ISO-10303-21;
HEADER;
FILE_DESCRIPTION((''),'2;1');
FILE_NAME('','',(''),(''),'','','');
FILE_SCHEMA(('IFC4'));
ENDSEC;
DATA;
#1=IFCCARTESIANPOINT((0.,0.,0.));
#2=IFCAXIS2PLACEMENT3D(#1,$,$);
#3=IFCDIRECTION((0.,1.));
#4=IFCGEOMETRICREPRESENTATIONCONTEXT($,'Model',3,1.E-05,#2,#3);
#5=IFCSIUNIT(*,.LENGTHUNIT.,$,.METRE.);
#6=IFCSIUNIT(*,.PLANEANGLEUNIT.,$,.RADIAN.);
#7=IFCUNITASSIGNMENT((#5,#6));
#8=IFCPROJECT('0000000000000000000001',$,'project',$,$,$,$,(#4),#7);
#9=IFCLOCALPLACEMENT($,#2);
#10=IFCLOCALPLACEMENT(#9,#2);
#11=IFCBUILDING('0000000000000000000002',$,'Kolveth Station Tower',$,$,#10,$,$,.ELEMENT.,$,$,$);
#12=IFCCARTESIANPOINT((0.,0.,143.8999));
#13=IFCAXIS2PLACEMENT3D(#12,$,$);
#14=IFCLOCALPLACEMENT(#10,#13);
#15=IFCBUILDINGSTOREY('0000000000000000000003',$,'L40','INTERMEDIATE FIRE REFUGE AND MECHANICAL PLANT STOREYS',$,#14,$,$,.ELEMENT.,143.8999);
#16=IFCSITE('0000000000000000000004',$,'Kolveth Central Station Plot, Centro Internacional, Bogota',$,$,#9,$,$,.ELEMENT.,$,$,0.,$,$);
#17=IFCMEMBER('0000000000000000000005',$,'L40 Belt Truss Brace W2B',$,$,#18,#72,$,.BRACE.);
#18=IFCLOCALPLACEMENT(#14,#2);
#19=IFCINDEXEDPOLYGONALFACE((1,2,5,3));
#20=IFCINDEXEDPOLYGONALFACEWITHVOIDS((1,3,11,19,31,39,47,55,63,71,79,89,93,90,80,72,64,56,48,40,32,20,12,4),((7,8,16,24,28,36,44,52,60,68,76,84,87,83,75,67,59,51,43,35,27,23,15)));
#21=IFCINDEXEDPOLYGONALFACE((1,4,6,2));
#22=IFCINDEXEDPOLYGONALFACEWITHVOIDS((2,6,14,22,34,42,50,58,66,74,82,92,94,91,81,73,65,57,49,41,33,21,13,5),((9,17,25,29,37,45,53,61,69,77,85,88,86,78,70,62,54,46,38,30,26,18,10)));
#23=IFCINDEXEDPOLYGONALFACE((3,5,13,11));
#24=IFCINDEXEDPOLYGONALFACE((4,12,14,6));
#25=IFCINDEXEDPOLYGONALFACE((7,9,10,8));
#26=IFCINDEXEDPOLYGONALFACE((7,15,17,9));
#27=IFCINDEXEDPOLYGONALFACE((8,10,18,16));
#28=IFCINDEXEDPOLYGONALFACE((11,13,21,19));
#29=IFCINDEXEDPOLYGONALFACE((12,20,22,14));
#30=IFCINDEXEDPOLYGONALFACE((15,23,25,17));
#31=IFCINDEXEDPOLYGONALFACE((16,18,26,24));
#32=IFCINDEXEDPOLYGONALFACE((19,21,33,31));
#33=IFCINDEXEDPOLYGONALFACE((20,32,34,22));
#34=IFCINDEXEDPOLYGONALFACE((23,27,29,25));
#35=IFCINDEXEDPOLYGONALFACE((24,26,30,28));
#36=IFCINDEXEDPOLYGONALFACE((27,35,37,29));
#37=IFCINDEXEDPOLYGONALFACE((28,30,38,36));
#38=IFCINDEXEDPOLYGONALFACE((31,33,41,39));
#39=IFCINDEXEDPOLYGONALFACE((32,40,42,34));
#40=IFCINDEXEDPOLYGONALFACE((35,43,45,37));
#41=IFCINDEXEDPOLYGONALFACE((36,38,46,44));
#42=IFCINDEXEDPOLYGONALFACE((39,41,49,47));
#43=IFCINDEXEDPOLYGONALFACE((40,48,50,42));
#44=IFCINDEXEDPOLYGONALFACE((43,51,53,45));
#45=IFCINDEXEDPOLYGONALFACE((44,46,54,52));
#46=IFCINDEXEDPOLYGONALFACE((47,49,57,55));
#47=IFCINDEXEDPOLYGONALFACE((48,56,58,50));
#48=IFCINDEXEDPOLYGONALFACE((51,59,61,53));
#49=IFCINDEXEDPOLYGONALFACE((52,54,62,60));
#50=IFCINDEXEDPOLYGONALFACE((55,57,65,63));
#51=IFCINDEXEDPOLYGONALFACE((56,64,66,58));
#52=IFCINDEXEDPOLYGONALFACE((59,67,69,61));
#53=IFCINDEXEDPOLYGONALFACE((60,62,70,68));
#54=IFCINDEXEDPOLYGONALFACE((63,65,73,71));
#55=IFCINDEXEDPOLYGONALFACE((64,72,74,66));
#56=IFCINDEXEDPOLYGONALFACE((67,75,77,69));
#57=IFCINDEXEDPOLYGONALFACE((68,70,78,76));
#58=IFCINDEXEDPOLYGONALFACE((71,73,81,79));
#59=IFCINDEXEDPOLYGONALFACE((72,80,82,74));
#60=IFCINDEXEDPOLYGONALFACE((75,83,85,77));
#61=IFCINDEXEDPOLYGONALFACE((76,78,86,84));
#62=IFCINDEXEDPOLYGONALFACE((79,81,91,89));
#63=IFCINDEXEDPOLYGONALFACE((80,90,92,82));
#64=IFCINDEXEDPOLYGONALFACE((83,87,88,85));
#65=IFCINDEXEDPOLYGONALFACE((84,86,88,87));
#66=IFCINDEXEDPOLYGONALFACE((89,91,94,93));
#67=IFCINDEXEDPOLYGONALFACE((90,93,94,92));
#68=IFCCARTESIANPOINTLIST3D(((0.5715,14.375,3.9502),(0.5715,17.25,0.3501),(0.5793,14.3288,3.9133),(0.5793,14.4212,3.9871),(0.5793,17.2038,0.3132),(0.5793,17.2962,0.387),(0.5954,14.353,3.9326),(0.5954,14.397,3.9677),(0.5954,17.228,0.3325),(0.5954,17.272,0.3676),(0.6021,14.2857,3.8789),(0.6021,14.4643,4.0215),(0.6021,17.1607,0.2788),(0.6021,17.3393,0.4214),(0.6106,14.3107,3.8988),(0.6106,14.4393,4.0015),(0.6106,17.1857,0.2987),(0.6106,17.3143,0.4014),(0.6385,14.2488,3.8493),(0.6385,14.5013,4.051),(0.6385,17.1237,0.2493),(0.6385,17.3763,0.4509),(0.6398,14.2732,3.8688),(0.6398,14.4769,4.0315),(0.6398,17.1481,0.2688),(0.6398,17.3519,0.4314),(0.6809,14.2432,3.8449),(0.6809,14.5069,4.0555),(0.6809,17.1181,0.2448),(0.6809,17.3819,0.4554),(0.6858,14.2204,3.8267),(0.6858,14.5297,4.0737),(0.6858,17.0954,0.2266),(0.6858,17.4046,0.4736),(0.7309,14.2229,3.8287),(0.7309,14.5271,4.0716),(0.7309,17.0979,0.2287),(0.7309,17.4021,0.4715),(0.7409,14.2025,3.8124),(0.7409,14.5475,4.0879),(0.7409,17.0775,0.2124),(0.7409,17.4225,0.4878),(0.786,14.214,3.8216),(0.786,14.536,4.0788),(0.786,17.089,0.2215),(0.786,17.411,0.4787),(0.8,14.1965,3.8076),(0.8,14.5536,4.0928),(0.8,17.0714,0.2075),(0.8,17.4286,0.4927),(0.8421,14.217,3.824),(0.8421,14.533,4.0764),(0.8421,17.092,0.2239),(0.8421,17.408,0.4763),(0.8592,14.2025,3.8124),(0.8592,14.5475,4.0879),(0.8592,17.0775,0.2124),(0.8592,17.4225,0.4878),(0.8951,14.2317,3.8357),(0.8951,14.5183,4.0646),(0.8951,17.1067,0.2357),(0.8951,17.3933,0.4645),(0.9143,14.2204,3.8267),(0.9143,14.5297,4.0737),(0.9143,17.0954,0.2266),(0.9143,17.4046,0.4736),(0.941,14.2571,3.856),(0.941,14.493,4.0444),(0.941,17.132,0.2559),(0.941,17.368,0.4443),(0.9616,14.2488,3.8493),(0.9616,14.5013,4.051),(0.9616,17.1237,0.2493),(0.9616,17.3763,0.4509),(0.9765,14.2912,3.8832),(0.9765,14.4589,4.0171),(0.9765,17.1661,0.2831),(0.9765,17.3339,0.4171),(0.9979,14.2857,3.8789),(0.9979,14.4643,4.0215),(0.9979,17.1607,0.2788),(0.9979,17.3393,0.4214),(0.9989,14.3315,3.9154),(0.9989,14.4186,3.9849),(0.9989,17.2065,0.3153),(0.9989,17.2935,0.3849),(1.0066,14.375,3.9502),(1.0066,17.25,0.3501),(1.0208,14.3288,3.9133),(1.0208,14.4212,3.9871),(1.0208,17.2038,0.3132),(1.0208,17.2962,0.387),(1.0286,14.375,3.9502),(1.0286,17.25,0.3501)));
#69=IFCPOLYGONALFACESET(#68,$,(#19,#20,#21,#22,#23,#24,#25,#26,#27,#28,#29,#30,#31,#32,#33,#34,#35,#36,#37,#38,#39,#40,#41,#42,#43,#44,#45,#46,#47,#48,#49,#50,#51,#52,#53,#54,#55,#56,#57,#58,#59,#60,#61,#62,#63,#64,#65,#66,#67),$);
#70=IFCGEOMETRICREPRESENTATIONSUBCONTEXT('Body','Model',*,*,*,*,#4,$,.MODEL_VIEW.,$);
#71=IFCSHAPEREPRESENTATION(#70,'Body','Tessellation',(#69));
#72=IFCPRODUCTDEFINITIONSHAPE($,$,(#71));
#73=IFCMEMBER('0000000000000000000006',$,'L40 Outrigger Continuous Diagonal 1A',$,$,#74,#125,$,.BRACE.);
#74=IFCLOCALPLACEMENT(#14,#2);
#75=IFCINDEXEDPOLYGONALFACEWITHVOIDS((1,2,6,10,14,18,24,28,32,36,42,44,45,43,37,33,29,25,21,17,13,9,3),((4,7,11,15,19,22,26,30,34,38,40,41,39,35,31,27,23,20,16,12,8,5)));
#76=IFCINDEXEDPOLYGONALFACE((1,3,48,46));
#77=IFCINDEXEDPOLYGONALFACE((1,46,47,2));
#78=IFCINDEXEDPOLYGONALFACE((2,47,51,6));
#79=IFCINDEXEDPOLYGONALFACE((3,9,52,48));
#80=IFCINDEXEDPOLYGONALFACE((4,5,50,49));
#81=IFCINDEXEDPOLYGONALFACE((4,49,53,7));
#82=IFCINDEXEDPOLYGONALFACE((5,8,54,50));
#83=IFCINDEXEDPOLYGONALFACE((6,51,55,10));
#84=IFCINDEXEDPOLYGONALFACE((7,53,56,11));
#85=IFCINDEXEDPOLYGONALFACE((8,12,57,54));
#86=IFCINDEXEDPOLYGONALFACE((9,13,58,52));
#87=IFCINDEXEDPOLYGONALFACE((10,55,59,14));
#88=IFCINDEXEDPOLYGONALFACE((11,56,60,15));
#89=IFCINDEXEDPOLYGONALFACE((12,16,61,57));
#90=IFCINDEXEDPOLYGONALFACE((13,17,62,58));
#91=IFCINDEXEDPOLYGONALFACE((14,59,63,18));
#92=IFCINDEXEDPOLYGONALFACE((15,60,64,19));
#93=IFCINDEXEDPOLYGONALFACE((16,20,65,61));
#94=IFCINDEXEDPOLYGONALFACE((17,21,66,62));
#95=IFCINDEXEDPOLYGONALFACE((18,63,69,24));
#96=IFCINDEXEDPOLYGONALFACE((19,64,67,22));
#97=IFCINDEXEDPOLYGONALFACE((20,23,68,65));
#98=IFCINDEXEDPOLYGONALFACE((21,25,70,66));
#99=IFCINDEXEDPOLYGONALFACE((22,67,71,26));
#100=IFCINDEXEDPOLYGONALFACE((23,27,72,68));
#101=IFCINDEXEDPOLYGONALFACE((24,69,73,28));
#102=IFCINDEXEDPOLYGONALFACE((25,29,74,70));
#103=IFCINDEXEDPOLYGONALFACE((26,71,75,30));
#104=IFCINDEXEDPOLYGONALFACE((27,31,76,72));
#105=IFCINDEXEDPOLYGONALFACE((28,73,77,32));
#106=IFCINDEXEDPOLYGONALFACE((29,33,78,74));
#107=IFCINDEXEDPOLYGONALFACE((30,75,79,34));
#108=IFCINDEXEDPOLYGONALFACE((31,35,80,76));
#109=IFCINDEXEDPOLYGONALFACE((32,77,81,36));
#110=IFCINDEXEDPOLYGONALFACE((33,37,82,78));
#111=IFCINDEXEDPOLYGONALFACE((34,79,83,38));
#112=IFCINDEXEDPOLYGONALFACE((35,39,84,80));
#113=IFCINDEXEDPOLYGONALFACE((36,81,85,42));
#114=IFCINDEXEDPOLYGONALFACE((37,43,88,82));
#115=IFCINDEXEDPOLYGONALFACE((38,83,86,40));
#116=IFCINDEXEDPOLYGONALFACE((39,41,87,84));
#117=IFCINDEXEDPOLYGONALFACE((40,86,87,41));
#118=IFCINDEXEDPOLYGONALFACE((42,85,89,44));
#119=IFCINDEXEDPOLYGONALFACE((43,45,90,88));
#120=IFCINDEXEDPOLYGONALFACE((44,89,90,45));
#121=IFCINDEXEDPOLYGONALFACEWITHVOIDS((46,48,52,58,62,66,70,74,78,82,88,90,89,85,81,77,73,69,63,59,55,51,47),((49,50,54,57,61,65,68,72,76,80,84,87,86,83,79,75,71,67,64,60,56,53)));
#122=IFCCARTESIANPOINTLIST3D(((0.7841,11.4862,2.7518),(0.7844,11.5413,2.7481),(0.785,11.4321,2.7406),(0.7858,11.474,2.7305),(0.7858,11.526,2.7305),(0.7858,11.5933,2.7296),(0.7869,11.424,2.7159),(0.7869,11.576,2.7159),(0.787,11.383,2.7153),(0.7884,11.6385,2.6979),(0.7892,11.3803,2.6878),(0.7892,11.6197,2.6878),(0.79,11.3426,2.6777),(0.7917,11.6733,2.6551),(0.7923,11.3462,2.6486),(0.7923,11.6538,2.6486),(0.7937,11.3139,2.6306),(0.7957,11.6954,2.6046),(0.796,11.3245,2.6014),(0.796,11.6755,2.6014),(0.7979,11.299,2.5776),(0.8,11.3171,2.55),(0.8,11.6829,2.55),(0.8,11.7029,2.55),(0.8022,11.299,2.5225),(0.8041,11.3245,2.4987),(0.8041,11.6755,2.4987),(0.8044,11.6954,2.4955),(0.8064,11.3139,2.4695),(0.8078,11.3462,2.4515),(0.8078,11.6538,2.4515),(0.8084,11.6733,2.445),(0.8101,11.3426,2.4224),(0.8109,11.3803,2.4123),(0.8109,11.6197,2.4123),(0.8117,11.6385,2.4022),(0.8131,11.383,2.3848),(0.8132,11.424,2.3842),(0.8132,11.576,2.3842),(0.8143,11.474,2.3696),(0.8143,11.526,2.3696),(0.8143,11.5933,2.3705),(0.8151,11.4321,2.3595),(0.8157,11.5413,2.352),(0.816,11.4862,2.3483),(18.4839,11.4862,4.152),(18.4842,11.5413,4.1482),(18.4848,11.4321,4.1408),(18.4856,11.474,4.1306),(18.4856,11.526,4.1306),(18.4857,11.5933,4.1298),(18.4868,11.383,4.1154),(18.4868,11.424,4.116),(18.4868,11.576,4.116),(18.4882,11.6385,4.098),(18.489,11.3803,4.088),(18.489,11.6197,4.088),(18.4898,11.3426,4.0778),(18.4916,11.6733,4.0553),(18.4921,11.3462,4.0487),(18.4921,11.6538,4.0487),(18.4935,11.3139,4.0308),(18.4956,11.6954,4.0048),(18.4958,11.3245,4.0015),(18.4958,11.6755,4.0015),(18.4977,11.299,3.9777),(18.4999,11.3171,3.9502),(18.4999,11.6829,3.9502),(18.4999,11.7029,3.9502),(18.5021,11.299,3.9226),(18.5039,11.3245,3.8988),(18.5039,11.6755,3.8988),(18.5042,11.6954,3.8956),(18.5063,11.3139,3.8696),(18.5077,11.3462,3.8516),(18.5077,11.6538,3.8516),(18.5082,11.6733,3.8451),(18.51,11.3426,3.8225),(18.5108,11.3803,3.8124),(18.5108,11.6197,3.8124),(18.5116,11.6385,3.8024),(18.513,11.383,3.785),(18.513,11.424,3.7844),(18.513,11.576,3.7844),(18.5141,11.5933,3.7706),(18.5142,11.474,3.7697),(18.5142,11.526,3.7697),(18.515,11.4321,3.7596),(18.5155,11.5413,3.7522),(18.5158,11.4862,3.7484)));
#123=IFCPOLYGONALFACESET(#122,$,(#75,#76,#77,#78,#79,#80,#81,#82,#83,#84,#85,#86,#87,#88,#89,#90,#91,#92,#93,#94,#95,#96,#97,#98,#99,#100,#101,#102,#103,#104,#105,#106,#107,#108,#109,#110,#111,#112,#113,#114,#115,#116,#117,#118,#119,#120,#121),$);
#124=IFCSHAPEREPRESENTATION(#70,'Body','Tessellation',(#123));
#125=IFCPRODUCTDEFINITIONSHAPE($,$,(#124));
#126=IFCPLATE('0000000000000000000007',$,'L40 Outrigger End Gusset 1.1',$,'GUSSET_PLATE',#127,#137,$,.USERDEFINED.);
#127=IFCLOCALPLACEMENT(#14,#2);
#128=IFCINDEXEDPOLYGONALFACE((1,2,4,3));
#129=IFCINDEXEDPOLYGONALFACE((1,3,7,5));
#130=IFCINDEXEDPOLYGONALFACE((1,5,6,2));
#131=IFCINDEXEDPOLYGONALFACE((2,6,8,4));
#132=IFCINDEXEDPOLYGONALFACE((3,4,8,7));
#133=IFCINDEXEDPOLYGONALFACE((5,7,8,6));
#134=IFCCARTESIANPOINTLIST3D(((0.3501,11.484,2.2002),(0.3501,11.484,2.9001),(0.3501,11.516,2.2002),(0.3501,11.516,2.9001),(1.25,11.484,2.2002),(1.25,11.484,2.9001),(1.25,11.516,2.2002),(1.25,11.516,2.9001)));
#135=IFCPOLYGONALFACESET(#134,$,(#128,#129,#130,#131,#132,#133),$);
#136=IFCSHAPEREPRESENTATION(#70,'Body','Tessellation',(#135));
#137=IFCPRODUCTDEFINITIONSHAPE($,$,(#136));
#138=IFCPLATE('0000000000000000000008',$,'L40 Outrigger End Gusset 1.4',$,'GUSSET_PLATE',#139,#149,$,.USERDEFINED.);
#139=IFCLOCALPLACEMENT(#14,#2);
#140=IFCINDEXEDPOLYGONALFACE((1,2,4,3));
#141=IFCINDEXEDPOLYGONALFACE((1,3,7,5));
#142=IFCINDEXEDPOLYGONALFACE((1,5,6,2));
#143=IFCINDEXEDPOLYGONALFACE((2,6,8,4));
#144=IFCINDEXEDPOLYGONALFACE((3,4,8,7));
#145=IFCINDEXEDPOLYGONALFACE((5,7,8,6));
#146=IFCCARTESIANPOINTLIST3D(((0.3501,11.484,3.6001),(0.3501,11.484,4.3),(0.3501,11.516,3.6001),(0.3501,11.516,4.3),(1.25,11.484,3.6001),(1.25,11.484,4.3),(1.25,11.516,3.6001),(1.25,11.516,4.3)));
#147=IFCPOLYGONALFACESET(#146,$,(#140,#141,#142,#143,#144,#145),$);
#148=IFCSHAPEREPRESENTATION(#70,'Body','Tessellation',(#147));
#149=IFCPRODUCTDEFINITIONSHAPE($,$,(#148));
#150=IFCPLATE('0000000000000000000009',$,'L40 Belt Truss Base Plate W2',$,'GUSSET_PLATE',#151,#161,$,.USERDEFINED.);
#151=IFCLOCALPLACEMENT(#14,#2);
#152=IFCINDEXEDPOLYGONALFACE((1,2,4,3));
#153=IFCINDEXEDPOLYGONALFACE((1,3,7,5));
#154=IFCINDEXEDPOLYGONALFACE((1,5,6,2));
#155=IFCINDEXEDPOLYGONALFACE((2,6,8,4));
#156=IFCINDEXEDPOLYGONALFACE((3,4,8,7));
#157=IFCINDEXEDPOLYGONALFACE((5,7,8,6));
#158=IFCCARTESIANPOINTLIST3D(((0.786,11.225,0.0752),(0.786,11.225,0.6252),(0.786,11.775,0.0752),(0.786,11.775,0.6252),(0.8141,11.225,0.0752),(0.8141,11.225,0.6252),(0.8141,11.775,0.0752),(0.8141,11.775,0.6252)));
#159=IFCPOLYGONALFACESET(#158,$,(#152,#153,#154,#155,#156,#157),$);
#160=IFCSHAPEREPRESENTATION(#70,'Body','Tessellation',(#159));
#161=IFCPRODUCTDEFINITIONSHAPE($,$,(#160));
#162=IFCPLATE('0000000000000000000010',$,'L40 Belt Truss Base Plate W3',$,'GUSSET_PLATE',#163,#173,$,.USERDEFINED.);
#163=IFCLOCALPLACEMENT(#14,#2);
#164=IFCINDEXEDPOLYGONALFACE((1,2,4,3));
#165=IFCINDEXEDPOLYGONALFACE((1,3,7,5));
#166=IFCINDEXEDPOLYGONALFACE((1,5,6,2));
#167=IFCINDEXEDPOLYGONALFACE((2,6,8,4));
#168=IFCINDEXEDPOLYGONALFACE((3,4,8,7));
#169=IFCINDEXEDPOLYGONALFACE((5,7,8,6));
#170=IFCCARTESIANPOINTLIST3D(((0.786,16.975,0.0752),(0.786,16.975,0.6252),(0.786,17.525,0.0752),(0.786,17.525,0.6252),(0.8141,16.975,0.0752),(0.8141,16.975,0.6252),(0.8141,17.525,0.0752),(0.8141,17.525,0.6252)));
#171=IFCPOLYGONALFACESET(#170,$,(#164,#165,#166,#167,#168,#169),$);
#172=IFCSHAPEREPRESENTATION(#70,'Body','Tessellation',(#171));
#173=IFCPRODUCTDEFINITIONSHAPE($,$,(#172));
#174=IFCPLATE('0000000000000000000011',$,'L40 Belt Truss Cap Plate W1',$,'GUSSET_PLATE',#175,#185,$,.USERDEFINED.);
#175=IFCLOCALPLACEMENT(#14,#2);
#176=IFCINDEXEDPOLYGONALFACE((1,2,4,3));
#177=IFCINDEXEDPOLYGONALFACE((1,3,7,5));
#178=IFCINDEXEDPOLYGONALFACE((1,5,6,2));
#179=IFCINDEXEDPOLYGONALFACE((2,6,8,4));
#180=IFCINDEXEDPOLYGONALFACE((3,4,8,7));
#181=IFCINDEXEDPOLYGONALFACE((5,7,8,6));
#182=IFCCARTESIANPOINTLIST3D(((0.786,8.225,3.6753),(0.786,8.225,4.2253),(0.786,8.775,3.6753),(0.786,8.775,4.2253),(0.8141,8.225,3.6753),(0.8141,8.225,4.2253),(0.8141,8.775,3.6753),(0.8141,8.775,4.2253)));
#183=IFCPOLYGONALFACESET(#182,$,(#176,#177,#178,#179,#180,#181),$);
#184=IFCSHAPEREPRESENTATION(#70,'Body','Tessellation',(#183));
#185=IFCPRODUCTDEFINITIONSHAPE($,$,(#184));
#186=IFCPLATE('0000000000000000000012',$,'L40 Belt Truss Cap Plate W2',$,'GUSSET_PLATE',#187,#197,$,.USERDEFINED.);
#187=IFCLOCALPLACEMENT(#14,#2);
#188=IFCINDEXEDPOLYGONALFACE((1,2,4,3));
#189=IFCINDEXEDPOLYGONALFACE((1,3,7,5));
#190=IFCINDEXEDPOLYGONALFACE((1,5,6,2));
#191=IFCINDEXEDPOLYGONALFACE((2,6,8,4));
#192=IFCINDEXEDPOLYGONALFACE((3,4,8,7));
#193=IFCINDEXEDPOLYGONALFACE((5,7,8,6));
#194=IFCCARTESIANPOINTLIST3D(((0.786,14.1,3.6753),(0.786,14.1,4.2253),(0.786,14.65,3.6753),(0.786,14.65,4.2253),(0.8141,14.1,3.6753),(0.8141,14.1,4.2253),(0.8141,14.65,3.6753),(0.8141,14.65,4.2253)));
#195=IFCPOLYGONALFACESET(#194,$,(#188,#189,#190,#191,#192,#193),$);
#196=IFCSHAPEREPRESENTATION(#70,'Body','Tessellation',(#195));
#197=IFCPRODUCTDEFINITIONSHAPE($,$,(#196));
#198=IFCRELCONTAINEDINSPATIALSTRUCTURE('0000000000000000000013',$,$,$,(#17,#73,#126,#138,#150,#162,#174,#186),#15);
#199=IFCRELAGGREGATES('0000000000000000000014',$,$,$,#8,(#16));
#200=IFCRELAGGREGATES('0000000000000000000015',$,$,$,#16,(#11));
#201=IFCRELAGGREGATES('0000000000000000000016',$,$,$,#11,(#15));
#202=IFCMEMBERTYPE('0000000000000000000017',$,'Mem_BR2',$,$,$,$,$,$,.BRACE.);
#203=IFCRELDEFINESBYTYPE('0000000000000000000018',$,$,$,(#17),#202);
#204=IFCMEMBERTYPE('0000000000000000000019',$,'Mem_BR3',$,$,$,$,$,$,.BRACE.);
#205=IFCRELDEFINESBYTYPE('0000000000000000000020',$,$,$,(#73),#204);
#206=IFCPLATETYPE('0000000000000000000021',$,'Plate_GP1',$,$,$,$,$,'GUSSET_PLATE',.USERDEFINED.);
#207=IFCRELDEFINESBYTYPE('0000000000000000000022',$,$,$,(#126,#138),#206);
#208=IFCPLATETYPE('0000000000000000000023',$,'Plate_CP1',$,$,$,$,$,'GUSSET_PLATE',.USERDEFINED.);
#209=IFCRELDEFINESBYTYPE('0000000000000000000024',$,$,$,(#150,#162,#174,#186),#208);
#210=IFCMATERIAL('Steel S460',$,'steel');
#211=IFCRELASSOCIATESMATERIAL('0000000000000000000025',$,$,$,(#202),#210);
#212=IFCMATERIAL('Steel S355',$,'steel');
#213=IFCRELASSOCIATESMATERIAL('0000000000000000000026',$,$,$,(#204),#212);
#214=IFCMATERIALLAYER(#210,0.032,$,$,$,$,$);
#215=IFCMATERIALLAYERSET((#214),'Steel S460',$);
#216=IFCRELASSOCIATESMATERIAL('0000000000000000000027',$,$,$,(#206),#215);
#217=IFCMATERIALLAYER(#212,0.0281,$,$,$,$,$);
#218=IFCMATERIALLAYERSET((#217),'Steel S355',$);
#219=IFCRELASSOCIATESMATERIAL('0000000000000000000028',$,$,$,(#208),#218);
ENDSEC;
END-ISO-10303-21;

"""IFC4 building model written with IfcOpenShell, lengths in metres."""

from ifc_helpers import new_model, si_unit, direction, frame, origin, origin_2d, place, context, subcontext, project, spatial, rectangle, hollow_circle, extrude, source, transform, mapped, material, layer, layer_set, material_profile, profile_set, type_object, element, save


model = new_model("IFC4")

# Units and contexts
model_context = context("Model", 3, precision=1e-05, world=origin(), true_north=direction((0.0, 1.0)))
body_context = subcontext(model_context, "Body", "Model", "MODEL_VIEW")
ifc_project = project(units=[si_unit("LENGTHUNIT", "METRE"), si_unit("PLANEANGLEUNIT", "RADIAN")], contexts=[model_context])

# Site, building, storey
site_placement = place(None, origin())
site = spatial("IfcSite", under=ifc_project, at=site_placement, Name="Kolveth Central Station Plot, Centro Internacional, Bogota", CompositionType="ELEMENT", RefElevation=0.0)
building_placement = place(site_placement, origin())
building = spatial("IfcBuilding", under=site, at=building_placement, Name="Kolveth Station Tower", CompositionType="ELEMENT")
storey_placement = place(building_placement, frame((0.0, 0.0, 143.8999)))
storey = spatial("IfcBuildingStorey", under=building, at=storey_placement, Name="L40", Description="INTERMEDIATE FIRE REFUGE AND MECHANICAL PLANT STOREYS", CompositionType="ELEMENT", Elevation=143.8999)

# Shared definitions
ifc_material_1 = material(Name="Steel S460", Category="steel")

# Shared definitions
ifc_material_2 = material(Name="Steel S355", Category="steel")

# Members
ifc_material_profile_1 = material_profile(ifc_material_1, hollow_circle(Radius=0.2285, WallThickness=0.022, at=origin_2d()), Name="CHS457x22")
ifc_profile_set_1 = profile_set([ifc_material_profile_1], Name="Steel S460")
member_type_1 = type_object("IfcMemberType", Name="Mem_BR2", PredefinedType="BRACE", material=ifc_profile_set_1)
shared_shape_1 = source(origin(), body_context, "Body", "SweptSolid", [
    extrude(hollow_circle(Radius=0.2285, WallThickness=0.022, at=origin_2d()), origin(), (0.0, 0.0, 1.0), 4.6072),
])
for number, where, z_axis, x_axis, name in (
    (1, (0.8, 17.25, 0.3501), (0.0, -0.624023, 0.781406), (1.0, 0.0, 0.0), "L40 Belt Truss Brace W2B"),
):
    element("IfcMember", number, at=place(storey_placement, frame(where, z_axis=z_axis, x_axis=x_axis)), inside=storey, type_object=member_type_1, Name=name, PredefinedType="BRACE", context=body_context, shape_type="MappedRepresentation", body=[
        mapped(shared_shape_1, transform((0.0, 0.0, 0.0), x_axis=(1.0, 0.0, 0.0), y_axis=(0.0, 1.0, 0.0), z_axis=(0.0, 0.0, 1.0), scale=1.0)),
    ])
ifc_material_profile_2 = material_profile(ifc_material_2, hollow_circle(Radius=0.2029, WallThickness=0.02, at=origin_2d()), Name="CHS406x20")
ifc_profile_set_2 = profile_set([ifc_material_profile_2], Name="Steel S355")
member_type_2 = type_object("IfcMemberType", Name="Mem_BR3", PredefinedType="BRACE", material=ifc_profile_set_2)
shared_shape_2 = source(origin(), body_context, "Body", "SweptSolid", [
    extrude(hollow_circle(Radius=0.2029, WallThickness=0.02, at=origin_2d()), origin(), (0.0, 0.0, 1.0), 17.7551),
])
member_1_placement = place(storey_placement, frame((0.8, 11.5, 2.55), z_axis=(0.996886, 0.0, 0.078858), x_axis=(0.0, 1.0, 0.0)))
element("IfcMember", 2, at=member_1_placement, inside=storey, type_object=member_type_2, Name="L40 Outrigger Continuous Diagonal 1A", PredefinedType="BRACE", context=body_context, shape_type="MappedRepresentation", body=[
    mapped(shared_shape_2, transform((0.0, 0.0, 0.0), x_axis=(1.0, 0.0, 0.0), y_axis=(0.0, 1.0, 0.0), z_axis=(0.0, 0.0, 1.0), scale=1.0)),
])

# Plates
ifc_layer_1 = layer(ifc_material_1, 0.032)
ifc_layer_set_1 = layer_set([ifc_layer_1], Name="Steel S460")
plate_type_1 = type_object("IfcPlateType", Name="Plate_GP1", ElementType="GUSSET_PLATE", PredefinedType="USERDEFINED", material=ifc_layer_set_1)
shared_shape_3 = source(origin(), body_context, "Body", "SweptSolid", [
    extrude(rectangle(XDim=0.8999, YDim=0.032, at=origin_2d()), origin(), (0.0, 0.0, 1.0), 0.7),
])
for number, where, z_axis, x_axis, name in (
    (3, (0.8, 11.5, 2.2002), (0.0, 0.0, 1.0), (1.0, 0.0, 0.0), "L40 Outrigger End Gusset 1.1"),
    (4, (0.8, 11.5, 3.6001), (0.0, 0.0, 1.0), (1.0, 0.0, 0.0), "L40 Outrigger End Gusset 1.4"),
):
    element("IfcPlate", number, at=place(storey_placement, frame(where, z_axis=z_axis, x_axis=x_axis)), inside=storey, type_object=plate_type_1, Name=name, ObjectType="GUSSET_PLATE", PredefinedType="USERDEFINED", context=body_context, shape_type="MappedRepresentation", body=[
        mapped(shared_shape_3, transform((0.0, 0.0, 0.0), x_axis=(1.0, 0.0, 0.0), y_axis=(0.0, 1.0, 0.0), z_axis=(0.0, 0.0, 1.0), scale=1.0)),
    ])
ifc_layer_2 = layer(ifc_material_2, 0.0281)
ifc_layer_set_2 = layer_set([ifc_layer_2], Name="Steel S355")
plate_type_2 = type_object("IfcPlateType", Name="Plate_CP1", ElementType="GUSSET_PLATE", PredefinedType="USERDEFINED", material=ifc_layer_set_2)
shared_shape_4 = source(origin(), body_context, "Body", "SweptSolid", [
    extrude(rectangle(XDim=0.0281, YDim=0.55, at=origin_2d()), origin(), (0.0, 0.0, 1.0), 0.55),
])
for number, where, z_axis, x_axis, name in (
    (5, (0.8, 11.5, 0.0752), (0.0, 0.0, 1.0), (1.0, 0.0, 0.0), "L40 Belt Truss Base Plate W2"),
    (6, (0.8, 17.25, 0.0752), (0.0, 0.0, 1.0), (1.0, 0.0, 0.0), "L40 Belt Truss Base Plate W3"),
    (7, (0.8, 8.5, 3.6753), (0.0, 0.0, 1.0), (1.0, 0.0, 0.0), "L40 Belt Truss Cap Plate W1"),
    (8, (0.8, 14.375, 3.6753), (0.0, 0.0, 1.0), (1.0, 0.0, 0.0), "L40 Belt Truss Cap Plate W2"),
):
    element("IfcPlate", number, at=place(storey_placement, frame(where, z_axis=z_axis, x_axis=x_axis)), inside=storey, type_object=plate_type_2, Name=name, ObjectType="GUSSET_PLATE", PredefinedType="USERDEFINED", context=body_context, shape_type="MappedRepresentation", body=[
        mapped(shared_shape_4, transform((0.0, 0.0, 0.0), x_axis=(1.0, 0.0, 0.0), y_axis=(0.0, 1.0, 0.0), z_axis=(0.0, 0.0, 1.0), scale=1.0)),
    ])

save(model, "model.ifc")
